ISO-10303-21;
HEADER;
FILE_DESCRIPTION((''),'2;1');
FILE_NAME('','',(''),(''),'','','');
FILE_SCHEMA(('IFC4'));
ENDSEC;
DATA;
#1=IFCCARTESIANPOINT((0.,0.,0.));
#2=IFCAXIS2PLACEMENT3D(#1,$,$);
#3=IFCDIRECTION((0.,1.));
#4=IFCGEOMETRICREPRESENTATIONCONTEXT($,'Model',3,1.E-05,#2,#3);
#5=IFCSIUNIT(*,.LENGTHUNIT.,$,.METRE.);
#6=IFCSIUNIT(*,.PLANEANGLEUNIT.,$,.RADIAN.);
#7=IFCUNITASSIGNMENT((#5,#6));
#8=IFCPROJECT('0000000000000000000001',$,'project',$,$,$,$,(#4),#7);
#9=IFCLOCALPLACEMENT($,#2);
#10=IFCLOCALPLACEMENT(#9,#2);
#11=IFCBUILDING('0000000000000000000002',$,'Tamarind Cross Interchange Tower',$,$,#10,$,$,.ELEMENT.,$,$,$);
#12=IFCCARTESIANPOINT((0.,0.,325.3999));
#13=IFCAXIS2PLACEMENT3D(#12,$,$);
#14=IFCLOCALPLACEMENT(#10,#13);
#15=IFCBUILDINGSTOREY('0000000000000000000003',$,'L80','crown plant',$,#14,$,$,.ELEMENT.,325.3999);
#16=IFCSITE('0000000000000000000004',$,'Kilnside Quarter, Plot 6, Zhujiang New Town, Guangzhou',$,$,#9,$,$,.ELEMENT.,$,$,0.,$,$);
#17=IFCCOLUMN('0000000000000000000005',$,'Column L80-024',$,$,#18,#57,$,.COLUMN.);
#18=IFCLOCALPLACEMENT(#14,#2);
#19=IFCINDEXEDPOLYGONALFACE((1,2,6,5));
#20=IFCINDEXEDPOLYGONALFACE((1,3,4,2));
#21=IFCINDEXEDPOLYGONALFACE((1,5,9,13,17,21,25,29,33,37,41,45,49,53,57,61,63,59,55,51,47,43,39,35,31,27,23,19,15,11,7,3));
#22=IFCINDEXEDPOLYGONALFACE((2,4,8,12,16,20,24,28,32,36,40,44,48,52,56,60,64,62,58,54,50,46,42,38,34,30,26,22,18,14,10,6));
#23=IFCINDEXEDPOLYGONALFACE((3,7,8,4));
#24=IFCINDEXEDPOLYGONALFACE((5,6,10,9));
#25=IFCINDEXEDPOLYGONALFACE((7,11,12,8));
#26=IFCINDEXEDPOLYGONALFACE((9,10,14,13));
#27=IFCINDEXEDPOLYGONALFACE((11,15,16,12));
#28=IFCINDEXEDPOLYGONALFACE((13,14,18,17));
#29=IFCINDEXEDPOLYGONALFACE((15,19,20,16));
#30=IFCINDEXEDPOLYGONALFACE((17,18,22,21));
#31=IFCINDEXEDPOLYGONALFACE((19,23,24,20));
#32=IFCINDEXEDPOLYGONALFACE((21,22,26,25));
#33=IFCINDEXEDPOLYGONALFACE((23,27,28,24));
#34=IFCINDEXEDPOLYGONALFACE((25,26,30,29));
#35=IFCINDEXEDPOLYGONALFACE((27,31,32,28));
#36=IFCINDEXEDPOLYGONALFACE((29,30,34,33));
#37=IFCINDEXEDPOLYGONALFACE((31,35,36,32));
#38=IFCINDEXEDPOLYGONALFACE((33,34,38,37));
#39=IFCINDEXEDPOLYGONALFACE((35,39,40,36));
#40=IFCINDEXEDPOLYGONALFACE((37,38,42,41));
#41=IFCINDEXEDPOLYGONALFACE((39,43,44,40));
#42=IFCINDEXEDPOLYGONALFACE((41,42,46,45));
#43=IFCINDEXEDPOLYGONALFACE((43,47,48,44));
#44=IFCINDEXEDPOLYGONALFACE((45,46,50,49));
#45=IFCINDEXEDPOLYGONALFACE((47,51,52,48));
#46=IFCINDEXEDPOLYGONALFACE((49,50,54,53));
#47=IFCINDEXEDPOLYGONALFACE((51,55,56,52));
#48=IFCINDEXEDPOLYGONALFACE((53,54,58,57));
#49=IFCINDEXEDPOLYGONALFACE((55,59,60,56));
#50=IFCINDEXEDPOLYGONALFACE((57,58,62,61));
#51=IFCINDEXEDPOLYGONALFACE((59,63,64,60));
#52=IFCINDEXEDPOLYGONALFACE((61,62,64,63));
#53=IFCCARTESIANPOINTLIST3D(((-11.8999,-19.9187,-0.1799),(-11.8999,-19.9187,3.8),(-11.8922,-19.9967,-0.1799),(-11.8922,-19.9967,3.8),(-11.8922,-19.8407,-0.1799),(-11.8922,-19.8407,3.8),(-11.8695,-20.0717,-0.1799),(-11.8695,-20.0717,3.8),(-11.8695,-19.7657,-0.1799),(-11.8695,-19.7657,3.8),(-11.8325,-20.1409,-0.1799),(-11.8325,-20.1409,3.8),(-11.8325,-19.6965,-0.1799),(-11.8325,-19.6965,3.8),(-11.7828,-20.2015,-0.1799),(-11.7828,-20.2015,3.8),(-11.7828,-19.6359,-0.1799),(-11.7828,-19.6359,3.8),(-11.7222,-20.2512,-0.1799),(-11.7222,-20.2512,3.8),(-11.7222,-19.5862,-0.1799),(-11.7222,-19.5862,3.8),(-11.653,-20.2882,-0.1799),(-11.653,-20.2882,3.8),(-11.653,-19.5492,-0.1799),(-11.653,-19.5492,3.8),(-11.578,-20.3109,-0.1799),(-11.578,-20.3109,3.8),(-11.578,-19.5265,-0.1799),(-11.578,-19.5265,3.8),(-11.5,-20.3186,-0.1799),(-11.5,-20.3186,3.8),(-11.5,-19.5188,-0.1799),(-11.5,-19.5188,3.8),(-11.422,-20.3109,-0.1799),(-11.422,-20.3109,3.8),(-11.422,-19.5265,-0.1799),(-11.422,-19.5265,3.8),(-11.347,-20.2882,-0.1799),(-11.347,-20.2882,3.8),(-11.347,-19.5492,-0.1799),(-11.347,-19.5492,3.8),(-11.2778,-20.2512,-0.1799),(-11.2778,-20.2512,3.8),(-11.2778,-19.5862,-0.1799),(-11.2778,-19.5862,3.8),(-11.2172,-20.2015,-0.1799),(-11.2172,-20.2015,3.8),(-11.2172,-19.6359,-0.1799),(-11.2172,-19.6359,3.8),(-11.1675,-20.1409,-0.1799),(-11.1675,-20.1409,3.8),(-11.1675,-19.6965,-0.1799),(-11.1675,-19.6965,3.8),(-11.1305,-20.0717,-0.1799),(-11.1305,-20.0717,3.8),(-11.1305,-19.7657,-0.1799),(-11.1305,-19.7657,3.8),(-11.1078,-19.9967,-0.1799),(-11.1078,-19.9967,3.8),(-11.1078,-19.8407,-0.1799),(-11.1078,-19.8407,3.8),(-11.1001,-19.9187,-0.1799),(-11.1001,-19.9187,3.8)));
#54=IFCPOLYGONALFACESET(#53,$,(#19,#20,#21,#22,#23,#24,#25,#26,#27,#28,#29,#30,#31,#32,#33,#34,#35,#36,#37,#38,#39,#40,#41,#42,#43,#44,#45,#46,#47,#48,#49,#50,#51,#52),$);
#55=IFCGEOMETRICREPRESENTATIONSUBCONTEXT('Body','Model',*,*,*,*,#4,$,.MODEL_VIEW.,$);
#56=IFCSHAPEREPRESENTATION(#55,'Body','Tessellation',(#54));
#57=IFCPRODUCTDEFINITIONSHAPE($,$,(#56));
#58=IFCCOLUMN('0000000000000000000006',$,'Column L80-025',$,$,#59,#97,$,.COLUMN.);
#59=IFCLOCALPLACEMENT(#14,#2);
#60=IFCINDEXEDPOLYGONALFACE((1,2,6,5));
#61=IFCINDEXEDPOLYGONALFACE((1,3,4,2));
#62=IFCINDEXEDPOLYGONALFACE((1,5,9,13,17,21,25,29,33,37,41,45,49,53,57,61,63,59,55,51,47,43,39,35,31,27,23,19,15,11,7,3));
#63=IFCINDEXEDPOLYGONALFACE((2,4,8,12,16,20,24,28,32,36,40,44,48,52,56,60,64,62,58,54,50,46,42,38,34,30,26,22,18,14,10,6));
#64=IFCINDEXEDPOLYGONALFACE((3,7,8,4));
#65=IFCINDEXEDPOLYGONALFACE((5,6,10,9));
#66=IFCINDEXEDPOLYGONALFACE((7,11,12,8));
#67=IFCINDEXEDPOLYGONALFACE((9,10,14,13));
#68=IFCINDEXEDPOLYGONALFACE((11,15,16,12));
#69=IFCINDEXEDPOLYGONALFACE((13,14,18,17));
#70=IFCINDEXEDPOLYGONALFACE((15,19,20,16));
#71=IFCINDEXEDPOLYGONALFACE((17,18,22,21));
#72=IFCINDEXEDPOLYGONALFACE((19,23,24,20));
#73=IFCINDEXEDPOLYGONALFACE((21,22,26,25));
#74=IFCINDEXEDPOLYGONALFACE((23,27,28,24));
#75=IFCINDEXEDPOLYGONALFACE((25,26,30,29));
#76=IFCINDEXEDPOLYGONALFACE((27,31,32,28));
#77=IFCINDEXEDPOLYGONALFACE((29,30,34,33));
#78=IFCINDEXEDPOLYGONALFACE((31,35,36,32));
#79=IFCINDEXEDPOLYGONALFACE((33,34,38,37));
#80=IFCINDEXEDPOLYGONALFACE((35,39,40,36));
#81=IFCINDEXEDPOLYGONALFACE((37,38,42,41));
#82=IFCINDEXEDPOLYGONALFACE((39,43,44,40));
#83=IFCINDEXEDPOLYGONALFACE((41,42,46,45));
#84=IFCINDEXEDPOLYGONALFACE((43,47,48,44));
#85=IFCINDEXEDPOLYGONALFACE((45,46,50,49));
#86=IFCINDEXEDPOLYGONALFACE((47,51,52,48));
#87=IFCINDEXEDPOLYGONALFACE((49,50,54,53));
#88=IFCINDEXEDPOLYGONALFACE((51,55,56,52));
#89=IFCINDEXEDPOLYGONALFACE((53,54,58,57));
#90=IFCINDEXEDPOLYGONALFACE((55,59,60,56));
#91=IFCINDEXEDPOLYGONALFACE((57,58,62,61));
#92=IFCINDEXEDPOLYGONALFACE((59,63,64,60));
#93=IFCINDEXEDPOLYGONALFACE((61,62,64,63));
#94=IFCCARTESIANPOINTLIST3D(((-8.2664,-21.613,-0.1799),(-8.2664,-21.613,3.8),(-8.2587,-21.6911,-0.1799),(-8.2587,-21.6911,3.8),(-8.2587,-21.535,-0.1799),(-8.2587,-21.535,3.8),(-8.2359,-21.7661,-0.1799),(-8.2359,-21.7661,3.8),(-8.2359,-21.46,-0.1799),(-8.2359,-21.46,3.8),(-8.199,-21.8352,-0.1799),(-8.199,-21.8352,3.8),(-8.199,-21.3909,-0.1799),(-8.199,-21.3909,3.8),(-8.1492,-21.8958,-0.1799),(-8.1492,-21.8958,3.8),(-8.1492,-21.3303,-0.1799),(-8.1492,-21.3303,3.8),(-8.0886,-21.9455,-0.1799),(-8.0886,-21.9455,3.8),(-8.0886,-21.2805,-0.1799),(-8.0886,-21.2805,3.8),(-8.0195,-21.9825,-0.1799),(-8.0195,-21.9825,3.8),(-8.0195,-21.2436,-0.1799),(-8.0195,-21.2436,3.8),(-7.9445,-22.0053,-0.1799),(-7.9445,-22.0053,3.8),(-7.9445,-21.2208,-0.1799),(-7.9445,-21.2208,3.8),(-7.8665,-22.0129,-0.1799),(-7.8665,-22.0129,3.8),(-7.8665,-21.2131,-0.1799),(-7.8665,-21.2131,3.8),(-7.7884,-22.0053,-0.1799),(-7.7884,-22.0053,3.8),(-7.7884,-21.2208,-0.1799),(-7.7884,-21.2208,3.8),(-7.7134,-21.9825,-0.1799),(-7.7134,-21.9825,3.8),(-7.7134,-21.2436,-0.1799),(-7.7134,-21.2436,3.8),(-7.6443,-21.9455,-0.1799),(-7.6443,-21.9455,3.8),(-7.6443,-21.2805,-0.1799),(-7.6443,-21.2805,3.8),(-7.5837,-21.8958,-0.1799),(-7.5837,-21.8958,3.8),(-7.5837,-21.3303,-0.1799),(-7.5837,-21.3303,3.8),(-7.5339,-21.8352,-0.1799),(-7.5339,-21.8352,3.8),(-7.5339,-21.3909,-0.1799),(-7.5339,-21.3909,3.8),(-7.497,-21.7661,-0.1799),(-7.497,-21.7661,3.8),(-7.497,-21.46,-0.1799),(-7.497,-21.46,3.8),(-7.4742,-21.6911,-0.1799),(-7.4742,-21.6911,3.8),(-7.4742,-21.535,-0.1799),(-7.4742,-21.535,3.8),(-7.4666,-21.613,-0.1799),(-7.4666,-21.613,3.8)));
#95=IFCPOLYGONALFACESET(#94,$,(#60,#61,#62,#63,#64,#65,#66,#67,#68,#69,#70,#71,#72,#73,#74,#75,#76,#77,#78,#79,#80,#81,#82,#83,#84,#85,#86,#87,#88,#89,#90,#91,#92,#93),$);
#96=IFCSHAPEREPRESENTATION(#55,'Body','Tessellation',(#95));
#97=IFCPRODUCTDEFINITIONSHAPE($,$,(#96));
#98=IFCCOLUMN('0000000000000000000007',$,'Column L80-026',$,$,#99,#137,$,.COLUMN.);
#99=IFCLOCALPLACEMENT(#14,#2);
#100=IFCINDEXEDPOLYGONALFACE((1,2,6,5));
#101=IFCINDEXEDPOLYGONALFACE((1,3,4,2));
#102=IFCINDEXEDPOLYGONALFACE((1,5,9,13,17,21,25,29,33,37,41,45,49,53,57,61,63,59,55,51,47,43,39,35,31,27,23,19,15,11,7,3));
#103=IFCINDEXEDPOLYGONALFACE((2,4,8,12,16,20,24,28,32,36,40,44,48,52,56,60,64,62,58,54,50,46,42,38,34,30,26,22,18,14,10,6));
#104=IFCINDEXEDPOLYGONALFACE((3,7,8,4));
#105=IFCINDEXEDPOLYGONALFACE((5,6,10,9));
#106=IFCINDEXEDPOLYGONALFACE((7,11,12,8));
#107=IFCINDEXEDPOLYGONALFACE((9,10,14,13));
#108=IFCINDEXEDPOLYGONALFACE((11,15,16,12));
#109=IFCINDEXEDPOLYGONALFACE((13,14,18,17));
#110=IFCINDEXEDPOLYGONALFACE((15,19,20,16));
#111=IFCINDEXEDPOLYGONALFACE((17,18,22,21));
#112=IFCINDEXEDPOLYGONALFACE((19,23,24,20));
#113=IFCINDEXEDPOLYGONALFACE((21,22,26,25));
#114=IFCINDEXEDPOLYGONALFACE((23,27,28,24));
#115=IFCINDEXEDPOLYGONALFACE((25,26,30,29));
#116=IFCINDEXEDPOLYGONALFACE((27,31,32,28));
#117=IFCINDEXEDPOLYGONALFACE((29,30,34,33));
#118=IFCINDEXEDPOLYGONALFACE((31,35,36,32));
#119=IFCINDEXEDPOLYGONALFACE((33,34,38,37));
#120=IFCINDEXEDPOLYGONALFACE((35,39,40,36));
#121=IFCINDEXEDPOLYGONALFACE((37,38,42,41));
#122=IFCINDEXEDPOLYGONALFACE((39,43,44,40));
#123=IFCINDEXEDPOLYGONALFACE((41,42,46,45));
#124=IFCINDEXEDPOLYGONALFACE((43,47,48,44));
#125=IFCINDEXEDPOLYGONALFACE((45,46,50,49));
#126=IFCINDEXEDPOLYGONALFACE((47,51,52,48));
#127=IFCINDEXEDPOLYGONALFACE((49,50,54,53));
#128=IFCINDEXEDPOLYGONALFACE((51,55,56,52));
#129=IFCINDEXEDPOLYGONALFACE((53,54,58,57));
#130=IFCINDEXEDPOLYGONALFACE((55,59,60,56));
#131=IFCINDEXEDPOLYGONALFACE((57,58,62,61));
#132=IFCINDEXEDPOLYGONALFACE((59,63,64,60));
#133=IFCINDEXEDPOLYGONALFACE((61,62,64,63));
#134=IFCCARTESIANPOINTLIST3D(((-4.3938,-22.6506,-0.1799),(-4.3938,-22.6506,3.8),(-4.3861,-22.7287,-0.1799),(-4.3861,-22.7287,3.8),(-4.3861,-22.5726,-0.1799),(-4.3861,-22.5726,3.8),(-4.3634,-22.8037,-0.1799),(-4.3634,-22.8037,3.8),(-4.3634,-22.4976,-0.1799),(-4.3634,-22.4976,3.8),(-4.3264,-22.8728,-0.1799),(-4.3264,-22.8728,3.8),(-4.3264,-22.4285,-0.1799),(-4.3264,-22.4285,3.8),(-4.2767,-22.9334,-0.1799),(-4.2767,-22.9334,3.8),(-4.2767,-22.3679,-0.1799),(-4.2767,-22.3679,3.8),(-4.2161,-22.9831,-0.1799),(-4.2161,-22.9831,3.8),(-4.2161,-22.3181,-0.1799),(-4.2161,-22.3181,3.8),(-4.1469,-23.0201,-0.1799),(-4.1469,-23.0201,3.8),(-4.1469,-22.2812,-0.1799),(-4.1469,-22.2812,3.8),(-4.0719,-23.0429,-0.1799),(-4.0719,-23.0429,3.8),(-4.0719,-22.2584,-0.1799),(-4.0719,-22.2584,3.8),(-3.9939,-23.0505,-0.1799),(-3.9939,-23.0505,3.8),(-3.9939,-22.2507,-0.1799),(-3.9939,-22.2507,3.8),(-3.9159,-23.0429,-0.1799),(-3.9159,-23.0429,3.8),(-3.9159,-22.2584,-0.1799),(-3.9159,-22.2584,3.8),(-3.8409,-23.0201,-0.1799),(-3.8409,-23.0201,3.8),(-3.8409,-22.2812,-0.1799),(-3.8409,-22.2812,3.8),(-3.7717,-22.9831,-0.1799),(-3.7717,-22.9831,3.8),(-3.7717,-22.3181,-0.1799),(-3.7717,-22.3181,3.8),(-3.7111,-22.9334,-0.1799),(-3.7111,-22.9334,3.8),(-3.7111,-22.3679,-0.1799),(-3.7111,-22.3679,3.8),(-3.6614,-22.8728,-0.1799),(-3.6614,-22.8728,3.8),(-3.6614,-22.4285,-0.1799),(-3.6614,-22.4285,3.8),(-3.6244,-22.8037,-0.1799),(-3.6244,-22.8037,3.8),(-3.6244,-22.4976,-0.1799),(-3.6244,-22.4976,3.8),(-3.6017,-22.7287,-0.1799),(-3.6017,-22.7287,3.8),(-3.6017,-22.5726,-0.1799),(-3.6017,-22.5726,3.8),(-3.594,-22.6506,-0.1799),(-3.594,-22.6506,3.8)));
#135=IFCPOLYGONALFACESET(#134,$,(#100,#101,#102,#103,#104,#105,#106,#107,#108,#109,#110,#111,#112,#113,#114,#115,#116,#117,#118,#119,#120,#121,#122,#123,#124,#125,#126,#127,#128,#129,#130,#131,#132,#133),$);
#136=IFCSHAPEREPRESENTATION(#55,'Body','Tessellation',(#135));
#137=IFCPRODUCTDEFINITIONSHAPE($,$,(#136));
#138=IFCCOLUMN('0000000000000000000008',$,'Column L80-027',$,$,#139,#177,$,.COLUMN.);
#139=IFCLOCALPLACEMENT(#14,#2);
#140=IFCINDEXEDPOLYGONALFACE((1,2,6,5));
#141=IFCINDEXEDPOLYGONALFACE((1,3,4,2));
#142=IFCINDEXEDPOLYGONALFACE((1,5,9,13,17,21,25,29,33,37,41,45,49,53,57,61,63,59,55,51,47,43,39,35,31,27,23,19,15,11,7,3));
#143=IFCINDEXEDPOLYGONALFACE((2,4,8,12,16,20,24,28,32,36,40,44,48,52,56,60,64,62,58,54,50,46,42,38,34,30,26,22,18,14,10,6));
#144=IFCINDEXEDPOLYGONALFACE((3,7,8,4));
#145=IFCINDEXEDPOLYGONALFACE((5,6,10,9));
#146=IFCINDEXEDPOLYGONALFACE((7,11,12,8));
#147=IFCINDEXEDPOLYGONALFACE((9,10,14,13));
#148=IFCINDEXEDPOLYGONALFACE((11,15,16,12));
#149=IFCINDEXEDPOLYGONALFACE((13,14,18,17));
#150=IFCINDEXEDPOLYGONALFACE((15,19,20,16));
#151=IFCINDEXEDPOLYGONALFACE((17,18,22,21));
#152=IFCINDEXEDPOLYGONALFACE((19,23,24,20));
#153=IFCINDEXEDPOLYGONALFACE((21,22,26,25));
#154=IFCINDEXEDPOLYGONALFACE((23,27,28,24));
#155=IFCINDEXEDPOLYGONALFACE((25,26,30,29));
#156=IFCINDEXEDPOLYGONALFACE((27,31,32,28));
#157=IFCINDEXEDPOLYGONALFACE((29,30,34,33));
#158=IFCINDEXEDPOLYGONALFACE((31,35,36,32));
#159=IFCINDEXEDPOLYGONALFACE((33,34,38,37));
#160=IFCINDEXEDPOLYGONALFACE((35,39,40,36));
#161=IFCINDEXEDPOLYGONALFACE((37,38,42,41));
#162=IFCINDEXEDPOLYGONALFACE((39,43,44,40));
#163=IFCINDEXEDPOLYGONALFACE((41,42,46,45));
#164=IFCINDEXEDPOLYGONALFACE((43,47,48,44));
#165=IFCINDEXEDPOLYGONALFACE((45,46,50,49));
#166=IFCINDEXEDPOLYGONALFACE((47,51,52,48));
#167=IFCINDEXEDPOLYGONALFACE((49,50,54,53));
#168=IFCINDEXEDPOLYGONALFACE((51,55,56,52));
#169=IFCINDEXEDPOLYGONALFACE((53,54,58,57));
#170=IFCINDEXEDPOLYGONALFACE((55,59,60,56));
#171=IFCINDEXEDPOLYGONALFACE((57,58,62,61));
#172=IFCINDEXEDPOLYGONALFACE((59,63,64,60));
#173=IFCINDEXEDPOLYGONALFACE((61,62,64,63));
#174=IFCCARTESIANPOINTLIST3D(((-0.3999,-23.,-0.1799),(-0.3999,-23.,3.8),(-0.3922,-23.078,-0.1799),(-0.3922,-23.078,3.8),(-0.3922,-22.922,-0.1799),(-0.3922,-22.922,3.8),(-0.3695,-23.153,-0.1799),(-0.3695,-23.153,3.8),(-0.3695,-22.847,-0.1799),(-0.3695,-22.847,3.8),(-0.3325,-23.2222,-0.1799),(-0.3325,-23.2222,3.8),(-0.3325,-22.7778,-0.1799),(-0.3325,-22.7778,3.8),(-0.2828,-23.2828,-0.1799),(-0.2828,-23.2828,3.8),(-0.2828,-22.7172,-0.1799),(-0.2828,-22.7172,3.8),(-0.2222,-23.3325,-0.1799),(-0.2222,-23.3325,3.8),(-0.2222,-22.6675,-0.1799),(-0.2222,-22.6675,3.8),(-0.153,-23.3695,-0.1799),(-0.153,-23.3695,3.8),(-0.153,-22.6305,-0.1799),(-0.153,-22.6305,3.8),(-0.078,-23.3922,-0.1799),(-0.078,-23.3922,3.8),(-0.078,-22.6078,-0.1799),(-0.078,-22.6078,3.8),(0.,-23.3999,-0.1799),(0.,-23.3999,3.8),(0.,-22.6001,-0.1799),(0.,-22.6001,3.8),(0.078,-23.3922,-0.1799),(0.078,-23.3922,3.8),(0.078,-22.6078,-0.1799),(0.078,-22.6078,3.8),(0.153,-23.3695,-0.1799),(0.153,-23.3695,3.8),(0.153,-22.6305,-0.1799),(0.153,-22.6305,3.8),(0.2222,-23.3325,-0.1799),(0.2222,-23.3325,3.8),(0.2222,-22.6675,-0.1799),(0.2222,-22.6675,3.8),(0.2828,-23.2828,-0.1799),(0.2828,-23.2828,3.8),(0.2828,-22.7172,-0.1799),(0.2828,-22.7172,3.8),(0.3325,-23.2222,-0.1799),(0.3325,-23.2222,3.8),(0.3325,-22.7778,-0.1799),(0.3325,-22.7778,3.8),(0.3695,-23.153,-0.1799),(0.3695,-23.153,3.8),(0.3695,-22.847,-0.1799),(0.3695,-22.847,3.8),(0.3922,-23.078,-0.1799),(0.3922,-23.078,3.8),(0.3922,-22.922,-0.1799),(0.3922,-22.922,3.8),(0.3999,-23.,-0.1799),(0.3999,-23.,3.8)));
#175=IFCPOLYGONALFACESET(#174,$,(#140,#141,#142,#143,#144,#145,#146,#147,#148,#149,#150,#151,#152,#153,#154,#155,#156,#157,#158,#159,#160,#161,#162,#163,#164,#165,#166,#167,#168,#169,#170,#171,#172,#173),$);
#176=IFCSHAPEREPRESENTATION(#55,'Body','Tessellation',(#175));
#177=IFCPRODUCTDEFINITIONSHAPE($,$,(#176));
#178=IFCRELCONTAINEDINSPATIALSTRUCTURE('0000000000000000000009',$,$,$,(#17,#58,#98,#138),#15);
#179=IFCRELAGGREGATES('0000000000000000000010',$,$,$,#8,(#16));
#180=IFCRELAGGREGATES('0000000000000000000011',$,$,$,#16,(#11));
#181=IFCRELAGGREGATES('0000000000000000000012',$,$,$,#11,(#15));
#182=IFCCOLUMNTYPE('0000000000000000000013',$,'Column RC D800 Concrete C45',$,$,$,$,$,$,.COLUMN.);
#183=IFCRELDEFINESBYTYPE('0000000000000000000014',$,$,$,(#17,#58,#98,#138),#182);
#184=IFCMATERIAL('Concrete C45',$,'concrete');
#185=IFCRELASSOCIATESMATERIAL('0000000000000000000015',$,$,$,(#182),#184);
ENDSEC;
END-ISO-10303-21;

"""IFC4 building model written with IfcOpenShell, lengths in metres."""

from ifc_helpers import new_model, si_unit, direction, frame, origin, origin_2d, place, context, subcontext, project, spatial, circle, extrude, material, material_profile, profile_set, type_object, element, save


model = new_model("IFC4")

# Units and contexts
model_context = context("Model", 3, precision=1e-05, world=origin(), true_north=direction((0.0, 1.0)))
body_context = subcontext(model_context, "Body", "Model", "MODEL_VIEW")
ifc_project = project(units=[si_unit("LENGTHUNIT", "METRE"), si_unit("PLANEANGLEUNIT", "RADIAN")], contexts=[model_context])

# Site, building, storey
site_placement = place(None, origin())
site = spatial("IfcSite", under=ifc_project, at=site_placement, Name="Kilnside Quarter, Plot 6, Zhujiang New Town, Guangzhou", CompositionType="ELEMENT", RefElevation=0.0)
building_placement = place(site_placement, origin())
building = spatial("IfcBuilding", under=site, at=building_placement, Name="Tamarind Cross Interchange Tower", CompositionType="ELEMENT")
storey_placement = place(building_placement, frame((0.0, 0.0, 325.3999)))
storey = spatial("IfcBuildingStorey", under=building, at=storey_placement, Name="L80", Description="crown plant", CompositionType="ELEMENT", Elevation=325.3999)

# Columns
ifc_material_1 = material(Name="Concrete C45", Category="concrete")
ifc_material_profile_1 = material_profile(ifc_material_1, circle(Radius=0.3999, at=origin_2d()), Name="RC D800")
ifc_profile_set_1 = profile_set([ifc_material_profile_1], Name="Concrete C45")
column_type = type_object("IfcColumnType", Name="Column RC D800 Concrete C45", PredefinedType="COLUMN", material=ifc_profile_set_1)
for number, where, z_axis, x_axis, name in (
    (1, (-11.5, -19.9187, -0.1799), (0.0, 0.0, 1.0), (1.0, 0.0, 0.0), "Column L80-024"),
    (2, (-7.8665, -21.613, -0.1799), (0.0, 0.0, 1.0), (1.0, 0.0, 0.0), "Column L80-025"),
    (3, (-3.9939, -22.6506, -0.1799), (0.0, 0.0, 1.0), (1.0, 0.0, 0.0), "Column L80-026"),
    (4, (0.0, -23.0, -0.1799), (0.0, 0.0, 1.0), (1.0, 0.0, 0.0), "Column L80-027"),
):
    element("IfcColumn", number, at=place(storey_placement, frame(where, z_axis=z_axis, x_axis=x_axis)), inside=storey, type_object=column_type, Name=name, PredefinedType="COLUMN", context=body_context, shape_type="SweptSolid", body=[
        extrude(circle(Radius=0.3999, at=origin_2d()), origin(), (0.0, 0.0, 1.0), 3.98),
    ])

save(model, "model.ifc")
